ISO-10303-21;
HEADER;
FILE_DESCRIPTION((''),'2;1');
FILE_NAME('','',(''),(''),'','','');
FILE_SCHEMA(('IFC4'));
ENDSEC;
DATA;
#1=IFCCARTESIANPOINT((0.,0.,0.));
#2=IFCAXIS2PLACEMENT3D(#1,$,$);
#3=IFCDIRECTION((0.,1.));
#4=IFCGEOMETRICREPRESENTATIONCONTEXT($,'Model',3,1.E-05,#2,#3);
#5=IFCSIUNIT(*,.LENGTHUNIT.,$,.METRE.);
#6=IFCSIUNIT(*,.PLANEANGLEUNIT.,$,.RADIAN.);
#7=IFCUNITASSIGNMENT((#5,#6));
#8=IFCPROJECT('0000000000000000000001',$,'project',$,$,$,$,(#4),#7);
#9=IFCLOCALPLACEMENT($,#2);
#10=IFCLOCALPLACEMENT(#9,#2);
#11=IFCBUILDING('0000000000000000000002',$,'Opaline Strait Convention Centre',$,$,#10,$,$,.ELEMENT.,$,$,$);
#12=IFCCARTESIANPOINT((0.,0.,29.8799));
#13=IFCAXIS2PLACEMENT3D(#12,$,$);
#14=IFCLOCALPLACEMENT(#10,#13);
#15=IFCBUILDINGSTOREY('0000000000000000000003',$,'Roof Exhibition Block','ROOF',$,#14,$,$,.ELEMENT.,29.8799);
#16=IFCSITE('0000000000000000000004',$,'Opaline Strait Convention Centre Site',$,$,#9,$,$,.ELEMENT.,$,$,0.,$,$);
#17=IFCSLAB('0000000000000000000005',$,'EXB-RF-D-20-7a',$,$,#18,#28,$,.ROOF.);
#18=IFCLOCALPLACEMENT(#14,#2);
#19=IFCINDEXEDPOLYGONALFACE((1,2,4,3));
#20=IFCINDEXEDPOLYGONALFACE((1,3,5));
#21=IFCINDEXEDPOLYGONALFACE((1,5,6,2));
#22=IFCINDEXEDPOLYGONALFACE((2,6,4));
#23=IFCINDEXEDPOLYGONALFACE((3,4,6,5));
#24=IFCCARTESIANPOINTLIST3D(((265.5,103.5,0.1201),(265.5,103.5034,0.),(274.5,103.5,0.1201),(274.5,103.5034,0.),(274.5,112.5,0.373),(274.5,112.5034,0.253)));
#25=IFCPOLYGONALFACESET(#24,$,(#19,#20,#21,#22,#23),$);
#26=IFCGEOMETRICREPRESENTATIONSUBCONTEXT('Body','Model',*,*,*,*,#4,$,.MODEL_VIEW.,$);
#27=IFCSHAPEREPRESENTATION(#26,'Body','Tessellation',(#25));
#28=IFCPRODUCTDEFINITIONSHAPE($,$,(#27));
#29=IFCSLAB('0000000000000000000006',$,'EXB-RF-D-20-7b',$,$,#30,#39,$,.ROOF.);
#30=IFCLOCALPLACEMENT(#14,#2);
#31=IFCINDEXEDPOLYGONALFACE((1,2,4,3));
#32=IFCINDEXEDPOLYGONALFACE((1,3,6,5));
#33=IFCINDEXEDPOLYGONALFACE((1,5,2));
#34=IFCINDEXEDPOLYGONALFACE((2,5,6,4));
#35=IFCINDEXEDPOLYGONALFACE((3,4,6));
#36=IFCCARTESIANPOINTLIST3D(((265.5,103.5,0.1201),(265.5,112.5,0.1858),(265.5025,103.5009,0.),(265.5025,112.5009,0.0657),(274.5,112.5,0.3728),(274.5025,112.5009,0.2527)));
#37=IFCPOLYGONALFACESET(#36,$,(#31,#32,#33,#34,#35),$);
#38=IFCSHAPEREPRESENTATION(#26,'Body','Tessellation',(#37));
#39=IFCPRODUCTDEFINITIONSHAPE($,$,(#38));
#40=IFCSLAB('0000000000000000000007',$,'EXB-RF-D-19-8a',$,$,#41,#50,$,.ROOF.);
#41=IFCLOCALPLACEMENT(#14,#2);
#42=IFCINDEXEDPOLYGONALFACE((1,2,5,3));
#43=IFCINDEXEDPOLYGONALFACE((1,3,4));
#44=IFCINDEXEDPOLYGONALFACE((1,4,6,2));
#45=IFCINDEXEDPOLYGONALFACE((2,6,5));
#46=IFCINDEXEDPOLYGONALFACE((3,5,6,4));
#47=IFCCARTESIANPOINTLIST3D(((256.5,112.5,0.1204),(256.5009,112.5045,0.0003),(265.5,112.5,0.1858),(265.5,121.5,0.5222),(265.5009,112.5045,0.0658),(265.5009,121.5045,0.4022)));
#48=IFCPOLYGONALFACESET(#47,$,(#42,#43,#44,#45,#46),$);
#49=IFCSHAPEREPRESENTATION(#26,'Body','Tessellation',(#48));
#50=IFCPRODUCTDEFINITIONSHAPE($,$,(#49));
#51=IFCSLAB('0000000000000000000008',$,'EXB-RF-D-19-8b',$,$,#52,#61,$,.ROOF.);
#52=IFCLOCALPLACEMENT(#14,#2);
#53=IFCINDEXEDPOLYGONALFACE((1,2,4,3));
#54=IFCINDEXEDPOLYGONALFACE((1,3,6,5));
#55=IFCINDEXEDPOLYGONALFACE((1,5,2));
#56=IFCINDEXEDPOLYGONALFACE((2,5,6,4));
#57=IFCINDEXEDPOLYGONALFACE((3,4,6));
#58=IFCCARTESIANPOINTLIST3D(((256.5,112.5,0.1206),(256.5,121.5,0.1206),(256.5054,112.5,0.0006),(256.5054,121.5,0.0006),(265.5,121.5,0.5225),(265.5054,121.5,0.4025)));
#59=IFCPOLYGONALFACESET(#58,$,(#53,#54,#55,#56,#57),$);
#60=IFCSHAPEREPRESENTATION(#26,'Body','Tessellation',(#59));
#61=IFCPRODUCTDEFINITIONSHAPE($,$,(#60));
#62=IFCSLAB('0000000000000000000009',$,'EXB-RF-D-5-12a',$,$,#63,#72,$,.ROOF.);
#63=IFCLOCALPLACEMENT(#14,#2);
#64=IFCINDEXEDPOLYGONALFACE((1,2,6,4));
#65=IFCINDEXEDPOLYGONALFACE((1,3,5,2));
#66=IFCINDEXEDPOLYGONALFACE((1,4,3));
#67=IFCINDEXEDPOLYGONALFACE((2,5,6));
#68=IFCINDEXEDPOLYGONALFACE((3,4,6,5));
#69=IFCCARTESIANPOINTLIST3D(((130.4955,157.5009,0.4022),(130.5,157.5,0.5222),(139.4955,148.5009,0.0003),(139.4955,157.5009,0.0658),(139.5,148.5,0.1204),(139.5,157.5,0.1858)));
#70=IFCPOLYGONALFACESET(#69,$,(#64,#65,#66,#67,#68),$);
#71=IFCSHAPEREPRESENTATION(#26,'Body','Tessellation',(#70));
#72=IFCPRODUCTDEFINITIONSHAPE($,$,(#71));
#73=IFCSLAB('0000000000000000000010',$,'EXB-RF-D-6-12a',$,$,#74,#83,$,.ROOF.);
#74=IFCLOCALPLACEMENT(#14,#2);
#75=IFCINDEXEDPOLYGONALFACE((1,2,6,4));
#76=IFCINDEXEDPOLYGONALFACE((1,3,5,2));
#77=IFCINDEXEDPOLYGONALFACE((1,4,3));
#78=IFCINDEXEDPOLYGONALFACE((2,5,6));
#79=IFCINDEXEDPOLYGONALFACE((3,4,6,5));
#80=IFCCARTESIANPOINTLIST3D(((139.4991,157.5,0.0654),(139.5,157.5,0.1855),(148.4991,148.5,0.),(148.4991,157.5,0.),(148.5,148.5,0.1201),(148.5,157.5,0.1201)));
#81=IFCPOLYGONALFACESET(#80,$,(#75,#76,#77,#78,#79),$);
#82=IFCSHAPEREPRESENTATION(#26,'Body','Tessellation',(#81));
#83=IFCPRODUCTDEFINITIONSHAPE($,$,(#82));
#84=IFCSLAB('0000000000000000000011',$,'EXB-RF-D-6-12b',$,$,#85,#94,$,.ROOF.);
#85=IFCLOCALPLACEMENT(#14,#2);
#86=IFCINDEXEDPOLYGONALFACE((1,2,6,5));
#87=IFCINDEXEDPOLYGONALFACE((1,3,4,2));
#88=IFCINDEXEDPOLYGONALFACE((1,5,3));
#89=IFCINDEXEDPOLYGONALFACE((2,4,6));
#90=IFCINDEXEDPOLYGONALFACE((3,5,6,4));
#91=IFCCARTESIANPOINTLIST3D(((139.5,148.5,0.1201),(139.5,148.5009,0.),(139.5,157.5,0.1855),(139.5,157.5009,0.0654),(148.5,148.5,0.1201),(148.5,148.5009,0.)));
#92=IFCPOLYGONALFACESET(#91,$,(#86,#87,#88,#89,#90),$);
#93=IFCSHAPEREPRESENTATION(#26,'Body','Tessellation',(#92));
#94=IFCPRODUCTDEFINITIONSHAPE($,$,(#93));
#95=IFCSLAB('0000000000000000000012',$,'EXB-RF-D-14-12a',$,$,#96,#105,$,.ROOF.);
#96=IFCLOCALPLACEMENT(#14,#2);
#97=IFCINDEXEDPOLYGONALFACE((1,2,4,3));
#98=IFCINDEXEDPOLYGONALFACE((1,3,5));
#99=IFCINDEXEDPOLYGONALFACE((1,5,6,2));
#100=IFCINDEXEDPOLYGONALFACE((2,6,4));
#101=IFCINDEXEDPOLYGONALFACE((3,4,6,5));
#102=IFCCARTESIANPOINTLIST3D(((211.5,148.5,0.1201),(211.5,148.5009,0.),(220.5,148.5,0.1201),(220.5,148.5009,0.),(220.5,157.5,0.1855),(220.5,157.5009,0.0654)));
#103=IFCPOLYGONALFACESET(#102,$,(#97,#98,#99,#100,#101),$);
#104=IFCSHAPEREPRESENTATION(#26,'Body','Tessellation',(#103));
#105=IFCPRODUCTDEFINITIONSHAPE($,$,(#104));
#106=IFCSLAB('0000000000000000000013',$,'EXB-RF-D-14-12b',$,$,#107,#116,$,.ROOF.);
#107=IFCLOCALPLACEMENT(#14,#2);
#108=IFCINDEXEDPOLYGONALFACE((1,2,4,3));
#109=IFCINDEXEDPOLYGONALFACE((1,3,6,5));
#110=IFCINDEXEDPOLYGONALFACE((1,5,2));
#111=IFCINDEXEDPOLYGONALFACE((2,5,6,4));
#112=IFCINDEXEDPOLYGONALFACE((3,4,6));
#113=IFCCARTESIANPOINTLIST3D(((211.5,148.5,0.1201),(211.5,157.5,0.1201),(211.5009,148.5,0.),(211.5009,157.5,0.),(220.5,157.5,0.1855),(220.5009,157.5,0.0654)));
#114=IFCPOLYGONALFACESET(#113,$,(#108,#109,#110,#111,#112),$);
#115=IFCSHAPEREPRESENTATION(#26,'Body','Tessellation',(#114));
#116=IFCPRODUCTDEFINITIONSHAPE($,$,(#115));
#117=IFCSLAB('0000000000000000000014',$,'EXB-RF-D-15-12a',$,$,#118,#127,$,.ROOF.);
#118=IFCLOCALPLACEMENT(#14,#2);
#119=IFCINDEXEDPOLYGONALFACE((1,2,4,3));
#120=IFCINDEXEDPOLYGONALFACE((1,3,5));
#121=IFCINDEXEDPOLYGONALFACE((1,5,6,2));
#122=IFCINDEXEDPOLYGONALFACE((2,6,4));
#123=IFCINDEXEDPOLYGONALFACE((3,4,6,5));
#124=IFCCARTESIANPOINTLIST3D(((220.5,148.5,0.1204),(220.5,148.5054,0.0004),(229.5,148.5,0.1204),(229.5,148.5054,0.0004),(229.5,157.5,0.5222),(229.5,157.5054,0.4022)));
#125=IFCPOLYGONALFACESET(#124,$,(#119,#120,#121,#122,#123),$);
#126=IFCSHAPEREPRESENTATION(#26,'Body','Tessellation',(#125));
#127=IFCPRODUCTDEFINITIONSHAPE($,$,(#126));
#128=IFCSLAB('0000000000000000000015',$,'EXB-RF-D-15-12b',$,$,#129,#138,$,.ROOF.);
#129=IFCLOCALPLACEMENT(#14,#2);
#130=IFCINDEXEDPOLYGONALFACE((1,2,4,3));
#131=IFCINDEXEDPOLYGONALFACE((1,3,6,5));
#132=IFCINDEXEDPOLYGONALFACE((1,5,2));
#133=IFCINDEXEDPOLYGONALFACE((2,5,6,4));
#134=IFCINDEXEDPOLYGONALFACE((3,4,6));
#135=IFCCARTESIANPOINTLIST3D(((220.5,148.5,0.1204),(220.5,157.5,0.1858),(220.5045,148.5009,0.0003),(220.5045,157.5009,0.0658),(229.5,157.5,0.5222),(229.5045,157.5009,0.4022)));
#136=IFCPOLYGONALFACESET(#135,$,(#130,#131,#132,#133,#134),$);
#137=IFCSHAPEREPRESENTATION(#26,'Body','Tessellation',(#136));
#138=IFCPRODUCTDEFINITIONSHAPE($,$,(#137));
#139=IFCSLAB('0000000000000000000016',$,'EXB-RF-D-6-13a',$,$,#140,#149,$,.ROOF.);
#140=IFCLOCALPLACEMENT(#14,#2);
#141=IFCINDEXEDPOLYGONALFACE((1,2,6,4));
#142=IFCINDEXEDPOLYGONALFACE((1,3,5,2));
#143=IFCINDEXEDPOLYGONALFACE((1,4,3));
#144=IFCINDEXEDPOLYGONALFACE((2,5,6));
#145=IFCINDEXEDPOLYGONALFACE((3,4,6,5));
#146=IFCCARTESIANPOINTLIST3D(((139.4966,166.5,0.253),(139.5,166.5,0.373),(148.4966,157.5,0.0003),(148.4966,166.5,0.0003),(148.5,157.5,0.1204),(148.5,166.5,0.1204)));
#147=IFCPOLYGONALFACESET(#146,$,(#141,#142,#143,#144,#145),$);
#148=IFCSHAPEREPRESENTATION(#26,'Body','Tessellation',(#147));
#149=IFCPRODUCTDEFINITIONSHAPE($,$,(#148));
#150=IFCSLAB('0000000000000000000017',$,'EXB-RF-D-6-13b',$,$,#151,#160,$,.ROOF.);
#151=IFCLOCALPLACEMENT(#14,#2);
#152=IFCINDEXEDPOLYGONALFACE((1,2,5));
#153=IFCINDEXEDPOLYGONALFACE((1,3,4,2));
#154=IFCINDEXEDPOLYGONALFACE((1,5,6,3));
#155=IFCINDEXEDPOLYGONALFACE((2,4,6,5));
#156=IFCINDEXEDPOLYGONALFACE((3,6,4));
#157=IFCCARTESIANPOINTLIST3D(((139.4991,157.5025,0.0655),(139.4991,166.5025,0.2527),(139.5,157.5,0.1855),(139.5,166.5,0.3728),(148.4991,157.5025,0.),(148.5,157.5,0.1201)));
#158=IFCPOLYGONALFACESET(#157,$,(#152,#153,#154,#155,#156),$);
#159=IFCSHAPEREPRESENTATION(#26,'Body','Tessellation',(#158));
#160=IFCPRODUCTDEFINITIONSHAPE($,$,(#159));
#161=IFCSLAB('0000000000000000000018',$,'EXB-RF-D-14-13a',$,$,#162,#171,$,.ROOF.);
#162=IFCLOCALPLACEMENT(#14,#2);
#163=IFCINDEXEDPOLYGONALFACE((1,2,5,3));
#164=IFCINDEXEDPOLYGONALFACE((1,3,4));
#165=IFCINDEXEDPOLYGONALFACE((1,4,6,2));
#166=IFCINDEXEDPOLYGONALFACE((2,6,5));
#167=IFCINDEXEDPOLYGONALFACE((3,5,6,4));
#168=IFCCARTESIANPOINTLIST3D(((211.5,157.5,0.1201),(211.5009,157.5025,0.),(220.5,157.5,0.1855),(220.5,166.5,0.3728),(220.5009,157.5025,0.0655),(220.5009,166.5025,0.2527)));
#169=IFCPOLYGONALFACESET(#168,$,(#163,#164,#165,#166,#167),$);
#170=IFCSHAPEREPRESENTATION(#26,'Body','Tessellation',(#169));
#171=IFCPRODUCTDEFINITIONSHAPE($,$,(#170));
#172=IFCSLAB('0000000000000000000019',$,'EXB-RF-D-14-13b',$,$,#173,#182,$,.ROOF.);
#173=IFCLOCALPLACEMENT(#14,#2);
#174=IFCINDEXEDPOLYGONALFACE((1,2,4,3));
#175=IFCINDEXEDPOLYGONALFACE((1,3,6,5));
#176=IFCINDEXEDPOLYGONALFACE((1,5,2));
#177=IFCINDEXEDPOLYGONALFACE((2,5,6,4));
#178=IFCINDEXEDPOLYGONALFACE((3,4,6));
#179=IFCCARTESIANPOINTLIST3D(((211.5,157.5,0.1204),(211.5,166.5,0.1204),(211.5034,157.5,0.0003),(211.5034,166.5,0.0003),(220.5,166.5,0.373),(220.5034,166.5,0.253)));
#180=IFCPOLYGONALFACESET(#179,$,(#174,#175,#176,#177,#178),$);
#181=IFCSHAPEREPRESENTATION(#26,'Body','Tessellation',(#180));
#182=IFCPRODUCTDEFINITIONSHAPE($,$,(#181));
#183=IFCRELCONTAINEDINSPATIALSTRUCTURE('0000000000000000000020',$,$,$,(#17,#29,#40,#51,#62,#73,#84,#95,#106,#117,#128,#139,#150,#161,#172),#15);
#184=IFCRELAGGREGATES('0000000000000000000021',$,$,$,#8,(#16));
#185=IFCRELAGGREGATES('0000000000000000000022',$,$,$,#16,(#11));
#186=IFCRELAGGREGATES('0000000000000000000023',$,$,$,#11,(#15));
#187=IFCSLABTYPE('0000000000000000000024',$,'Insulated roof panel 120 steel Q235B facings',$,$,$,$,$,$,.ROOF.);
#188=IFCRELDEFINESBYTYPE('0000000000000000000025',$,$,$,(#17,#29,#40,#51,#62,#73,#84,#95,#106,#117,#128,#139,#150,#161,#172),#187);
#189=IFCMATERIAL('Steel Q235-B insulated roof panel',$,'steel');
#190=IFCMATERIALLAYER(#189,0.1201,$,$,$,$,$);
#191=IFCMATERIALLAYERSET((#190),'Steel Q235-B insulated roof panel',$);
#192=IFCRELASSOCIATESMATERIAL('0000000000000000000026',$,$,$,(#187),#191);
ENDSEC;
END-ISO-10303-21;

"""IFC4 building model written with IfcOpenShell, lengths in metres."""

from ifc_helpers import new_model, si_unit, direction, frame, origin, place, context, subcontext, project, spatial, polyline, outline, extrude, material, layer, layer_set, type_object, element, save


model = new_model("IFC4")

# Units and contexts
model_context = context("Model", 3, precision=1e-05, world=origin(), true_north=direction((0.0, 1.0)))
body_context = subcontext(model_context, "Body", "Model", "MODEL_VIEW")
ifc_project = project(units=[si_unit("LENGTHUNIT", "METRE"), si_unit("PLANEANGLEUNIT", "RADIAN")], contexts=[model_context])

# Site, building, storey
site_placement = place(None, origin())
site = spatial("IfcSite", under=ifc_project, at=site_placement, Name="Opaline Strait Convention Centre Site", CompositionType="ELEMENT", RefElevation=0.0)
building_placement = place(site_placement, origin())
building = spatial("IfcBuilding", under=site, at=building_placement, Name="Opaline Strait Convention Centre", CompositionType="ELEMENT")
storey_placement = place(building_placement, frame((0.0, 0.0, 29.8799)))
storey = spatial("IfcBuildingStorey", under=building, at=storey_placement, Name="Roof Exhibition Block", Description="ROOF", CompositionType="ELEMENT", Elevation=29.8799)

# Slabs
ifc_material = material(Name="Steel Q235-B insulated roof panel", Category="steel")
ifc_layer = layer(ifc_material, 0.1201)
ifc_layer_set = layer_set([ifc_layer], Name="Steel Q235-B insulated roof panel")
slab_type = type_object("IfcSlabType", Name="Insulated roof panel 120 steel Q235B facings", PredefinedType="ROOF", material=ifc_layer_set)
slab_1_placement = place(storey_placement, frame((265.5, 103.5, 0.1201), z_axis=(0.0, -0.028092, 0.999605), x_axis=(1.0, 0.0, 0.0)))
element("IfcSlab", 1, at=slab_1_placement, inside=storey, type_object=slab_type, Name="EXB-RF-D-20-7a", PredefinedType="ROOF", context=body_context, shape_type="SweptSolid", body=[
    extrude(outline(polyline([(0.0, 0.0), (9.0, 0.0), (9.0, 9.0036), (0.0, 0.0)])), origin(), (0.0, 0.0, -1.0), 0.1201),
])
slab_2_placement = place(storey_placement, frame((265.5, 103.5, 0.1201), z_axis=(-0.020774, -0.007295, 0.999758), x_axis=(0.706967, 0.706967, 0.019849)))
element("IfcSlab", 2, at=slab_2_placement, inside=storey, type_object=slab_type, Name="EXB-RF-D-20-7b", PredefinedType="ROOF", context=body_context, shape_type="SweptSolid", body=[
    extrude(outline(polyline([(0.0, 0.0), (12.7304, 0.0), (6.364, 6.3643), (0.0, 0.0)])), origin(), (0.0, 0.0, -1.0), 0.1201),
])
slab_3_placement = place(storey_placement, frame((256.5, 112.5, 0.1204), z_axis=(-0.007265, -0.037354, 0.999276), x_axis=(0.999974, 0.0, 0.00727)))
element("IfcSlab", 3, at=slab_3_placement, inside=storey, type_object=slab_type, Name="EXB-RF-D-19-8a", PredefinedType="ROOF", context=body_context, shape_type="SweptSolid", body=[
    extrude(outline(polyline([(0.0, 0.0), (9.0002, 0.0), (9.0027, 9.0063), (0.0, 0.0)])), origin(), (0.0, 0.0, -1.0), 0.1201),
])
slab_4_placement = place(storey_placement, frame((256.5, 112.5, 0.1206), z_axis=(-0.044606, 0.0, 0.999005), x_axis=(0.706755, 0.706755, 0.031557)))
element("IfcSlab", 4, at=slab_4_placement, inside=storey, type_object=slab_type, Name="EXB-RF-D-19-8b", PredefinedType="ROOF", context=body_context, shape_type="SweptSolid", body=[
    extrude(outline(polyline([(0.0, 0.0), (12.7343, 0.0), (6.3608, 6.3671), (0.0, 0.0)])), origin(), (0.0, 0.0, -1.0), 0.1201),
])
slab_5_placement = place(storey_placement, frame((139.5, 148.5, 0.1204), z_axis=(0.037354, -0.007265, 0.999276), x_axis=(0.0, 0.999974, 0.00727)))
element("IfcSlab", 5, at=slab_5_placement, inside=storey, type_object=slab_type, Name="EXB-RF-D-5-12a", PredefinedType="ROOF", context=body_context, shape_type="SweptSolid", body=[
    extrude(outline(polyline([(0.0, 0.0), (9.0002, 0.0), (9.0027, 9.0063), (0.0, 0.0)])), origin(), (0.0, 0.0, -1.0), 0.1201),
])
slab_6_placement = place(storey_placement, frame((148.5, 148.5, 0.1201), z_axis=(0.00727, 0.0, 0.999974), x_axis=(0.0, 1.0, 0.0)))
element("IfcSlab", 6, at=slab_6_placement, inside=storey, type_object=slab_type, Name="EXB-RF-D-6-12a", PredefinedType="ROOF", context=body_context, shape_type="SweptSolid", body=[
    extrude(outline(polyline([(0.0, 0.0), (9.0, 0.0), (9.0, 9.0002), (0.0, 0.0)])), origin(), (0.0, 0.0, -1.0), 0.1201),
])
slab_7_placement = place(storey_placement, frame((139.5, 148.5, 0.1201), z_axis=(0.0, -0.00727, 0.999974), x_axis=(1.0, 0.0, 0.0)))
element("IfcSlab", 7, at=slab_7_placement, inside=storey, type_object=slab_type, Name="EXB-RF-D-6-12b", PredefinedType="ROOF", context=body_context, shape_type="SweptSolid", body=[
    extrude(outline(polyline([(0.0, 0.0), (9.0, 0.0), (0.0, 9.0002), (0.0, 0.0)])), origin(), (0.0, 0.0, -1.0), 0.1201),
])
slab_8_placement = place(storey_placement, frame((211.5, 148.5, 0.1201), z_axis=(0.0, -0.00727, 0.999974), x_axis=(1.0, 0.0, 0.0)))
element("IfcSlab", 8, at=slab_8_placement, inside=storey, type_object=slab_type, Name="EXB-RF-D-14-12a", PredefinedType="ROOF", context=body_context, shape_type="SweptSolid", body=[
    extrude(outline(polyline([(0.0, 0.0), (9.0, 0.0), (9.0, 9.0002), (0.0, 0.0)])), origin(), (0.0, 0.0, -1.0), 0.1201),
])
slab_9_placement = place(storey_placement, frame((211.5, 148.5, 0.1201), z_axis=(-0.00727, 0.0, 0.999974), x_axis=(0.707097, 0.707097, 0.005141)))
element("IfcSlab", 9, at=slab_9_placement, inside=storey, type_object=slab_type, Name="EXB-RF-D-14-12b", PredefinedType="ROOF", context=body_context, shape_type="SweptSolid", body=[
    extrude(outline(polyline([(0.0, 0.0), (12.7281, 0.0), (6.3639, 6.364), (0.0, 0.0)])), origin(), (0.0, 0.0, -1.0), 0.1201),
])
slab_10_placement = place(storey_placement, frame((220.5, 148.5, 0.1204), z_axis=(0.0, -0.044606, 0.999005), x_axis=(1.0, 0.0, 0.0)))
element("IfcSlab", 10, at=slab_10_placement, inside=storey, type_object=slab_type, Name="EXB-RF-D-15-12a", PredefinedType="ROOF", context=body_context, shape_type="SweptSolid", body=[
    extrude(outline(polyline([(0.0, 0.0), (9.0, 0.0), (9.0, 9.009), (0.0, 0.0)])), origin(), (0.0, 0.0, -1.0), 0.1201),
])
slab_11_placement = place(storey_placement, frame((220.5, 148.5, 0.1204), z_axis=(-0.037354, -0.007265, 0.999276), x_axis=(0.706755, 0.706755, 0.031557)))
element("IfcSlab", 11, at=slab_11_placement, inside=storey, type_object=slab_type, Name="EXB-RF-D-15-12b", PredefinedType="ROOF", context=body_context, shape_type="SweptSolid", body=[
    extrude(outline(polyline([(0.0, 0.0), (12.7343, 0.0), (6.3629, 6.3654), (0.0, 0.0)])), origin(), (0.0, 0.0, -1.0), 0.1201),
])
slab_12_placement = place(storey_placement, frame((148.5, 157.5, 0.1204), z_axis=(0.028065, 0.0, 0.999606), x_axis=(0.0, 1.0, 0.0)))
element("IfcSlab", 12, at=slab_12_placement, inside=storey, type_object=slab_type, Name="EXB-RF-D-6-13a", PredefinedType="ROOF", context=body_context, shape_type="SweptSolid", body=[
    extrude(outline(polyline([(0.0, 0.0), (9.0, 0.0), (9.0, 9.0035), (0.0, 0.0)])), origin(), (0.0, 0.0, -1.0), 0.1201),
])
slab_13_placement = place(storey_placement, frame((139.5, 157.5, 0.1855), z_axis=(0.007268, -0.020801, 0.999757), x_axis=(0.999974, 0.0, -0.00727)))
element("IfcSlab", 13, at=slab_13_placement, inside=storey, type_object=slab_type, Name="EXB-RF-D-6-13b", PredefinedType="ROOF", context=body_context, shape_type="SweptSolid", body=[
    extrude(outline(polyline([(0.0, 0.0), (9.0002, 0.0), (-0.0014, 9.0019), (0.0, 0.0)])), origin(), (0.0, 0.0, -1.0), 0.1201),
])
slab_14_placement = place(storey_placement, frame((211.5, 157.5, 0.1201), z_axis=(-0.007268, -0.020801, 0.999757), x_axis=(0.999974, 0.0, 0.00727)))
element("IfcSlab", 14, at=slab_14_placement, inside=storey, type_object=slab_type, Name="EXB-RF-D-14-13a", PredefinedType="ROOF", context=body_context, shape_type="SweptSolid", body=[
    extrude(outline(polyline([(0.0, 0.0), (9.0002, 0.0), (9.0016, 9.0019), (0.0, 0.0)])), origin(), (0.0, 0.0, -1.0), 0.1201),
])
slab_15_placement = place(storey_placement, frame((211.5, 157.5, 0.1204), z_axis=(-0.028065, 0.0, 0.999606), x_axis=(0.706967, 0.706967, 0.019849)))
element("IfcSlab", 15, at=slab_15_placement, inside=storey, type_object=slab_type, Name="EXB-RF-D-14-13b", PredefinedType="ROOF", context=body_context, shape_type="SweptSolid", body=[
    extrude(outline(polyline([(0.0, 0.0), (12.7304, 0.0), (6.3627, 6.3652), (0.0, 0.0)])), origin(), (0.0, 0.0, -1.0), 0.1201),
])

save(model, "model.ifc")
